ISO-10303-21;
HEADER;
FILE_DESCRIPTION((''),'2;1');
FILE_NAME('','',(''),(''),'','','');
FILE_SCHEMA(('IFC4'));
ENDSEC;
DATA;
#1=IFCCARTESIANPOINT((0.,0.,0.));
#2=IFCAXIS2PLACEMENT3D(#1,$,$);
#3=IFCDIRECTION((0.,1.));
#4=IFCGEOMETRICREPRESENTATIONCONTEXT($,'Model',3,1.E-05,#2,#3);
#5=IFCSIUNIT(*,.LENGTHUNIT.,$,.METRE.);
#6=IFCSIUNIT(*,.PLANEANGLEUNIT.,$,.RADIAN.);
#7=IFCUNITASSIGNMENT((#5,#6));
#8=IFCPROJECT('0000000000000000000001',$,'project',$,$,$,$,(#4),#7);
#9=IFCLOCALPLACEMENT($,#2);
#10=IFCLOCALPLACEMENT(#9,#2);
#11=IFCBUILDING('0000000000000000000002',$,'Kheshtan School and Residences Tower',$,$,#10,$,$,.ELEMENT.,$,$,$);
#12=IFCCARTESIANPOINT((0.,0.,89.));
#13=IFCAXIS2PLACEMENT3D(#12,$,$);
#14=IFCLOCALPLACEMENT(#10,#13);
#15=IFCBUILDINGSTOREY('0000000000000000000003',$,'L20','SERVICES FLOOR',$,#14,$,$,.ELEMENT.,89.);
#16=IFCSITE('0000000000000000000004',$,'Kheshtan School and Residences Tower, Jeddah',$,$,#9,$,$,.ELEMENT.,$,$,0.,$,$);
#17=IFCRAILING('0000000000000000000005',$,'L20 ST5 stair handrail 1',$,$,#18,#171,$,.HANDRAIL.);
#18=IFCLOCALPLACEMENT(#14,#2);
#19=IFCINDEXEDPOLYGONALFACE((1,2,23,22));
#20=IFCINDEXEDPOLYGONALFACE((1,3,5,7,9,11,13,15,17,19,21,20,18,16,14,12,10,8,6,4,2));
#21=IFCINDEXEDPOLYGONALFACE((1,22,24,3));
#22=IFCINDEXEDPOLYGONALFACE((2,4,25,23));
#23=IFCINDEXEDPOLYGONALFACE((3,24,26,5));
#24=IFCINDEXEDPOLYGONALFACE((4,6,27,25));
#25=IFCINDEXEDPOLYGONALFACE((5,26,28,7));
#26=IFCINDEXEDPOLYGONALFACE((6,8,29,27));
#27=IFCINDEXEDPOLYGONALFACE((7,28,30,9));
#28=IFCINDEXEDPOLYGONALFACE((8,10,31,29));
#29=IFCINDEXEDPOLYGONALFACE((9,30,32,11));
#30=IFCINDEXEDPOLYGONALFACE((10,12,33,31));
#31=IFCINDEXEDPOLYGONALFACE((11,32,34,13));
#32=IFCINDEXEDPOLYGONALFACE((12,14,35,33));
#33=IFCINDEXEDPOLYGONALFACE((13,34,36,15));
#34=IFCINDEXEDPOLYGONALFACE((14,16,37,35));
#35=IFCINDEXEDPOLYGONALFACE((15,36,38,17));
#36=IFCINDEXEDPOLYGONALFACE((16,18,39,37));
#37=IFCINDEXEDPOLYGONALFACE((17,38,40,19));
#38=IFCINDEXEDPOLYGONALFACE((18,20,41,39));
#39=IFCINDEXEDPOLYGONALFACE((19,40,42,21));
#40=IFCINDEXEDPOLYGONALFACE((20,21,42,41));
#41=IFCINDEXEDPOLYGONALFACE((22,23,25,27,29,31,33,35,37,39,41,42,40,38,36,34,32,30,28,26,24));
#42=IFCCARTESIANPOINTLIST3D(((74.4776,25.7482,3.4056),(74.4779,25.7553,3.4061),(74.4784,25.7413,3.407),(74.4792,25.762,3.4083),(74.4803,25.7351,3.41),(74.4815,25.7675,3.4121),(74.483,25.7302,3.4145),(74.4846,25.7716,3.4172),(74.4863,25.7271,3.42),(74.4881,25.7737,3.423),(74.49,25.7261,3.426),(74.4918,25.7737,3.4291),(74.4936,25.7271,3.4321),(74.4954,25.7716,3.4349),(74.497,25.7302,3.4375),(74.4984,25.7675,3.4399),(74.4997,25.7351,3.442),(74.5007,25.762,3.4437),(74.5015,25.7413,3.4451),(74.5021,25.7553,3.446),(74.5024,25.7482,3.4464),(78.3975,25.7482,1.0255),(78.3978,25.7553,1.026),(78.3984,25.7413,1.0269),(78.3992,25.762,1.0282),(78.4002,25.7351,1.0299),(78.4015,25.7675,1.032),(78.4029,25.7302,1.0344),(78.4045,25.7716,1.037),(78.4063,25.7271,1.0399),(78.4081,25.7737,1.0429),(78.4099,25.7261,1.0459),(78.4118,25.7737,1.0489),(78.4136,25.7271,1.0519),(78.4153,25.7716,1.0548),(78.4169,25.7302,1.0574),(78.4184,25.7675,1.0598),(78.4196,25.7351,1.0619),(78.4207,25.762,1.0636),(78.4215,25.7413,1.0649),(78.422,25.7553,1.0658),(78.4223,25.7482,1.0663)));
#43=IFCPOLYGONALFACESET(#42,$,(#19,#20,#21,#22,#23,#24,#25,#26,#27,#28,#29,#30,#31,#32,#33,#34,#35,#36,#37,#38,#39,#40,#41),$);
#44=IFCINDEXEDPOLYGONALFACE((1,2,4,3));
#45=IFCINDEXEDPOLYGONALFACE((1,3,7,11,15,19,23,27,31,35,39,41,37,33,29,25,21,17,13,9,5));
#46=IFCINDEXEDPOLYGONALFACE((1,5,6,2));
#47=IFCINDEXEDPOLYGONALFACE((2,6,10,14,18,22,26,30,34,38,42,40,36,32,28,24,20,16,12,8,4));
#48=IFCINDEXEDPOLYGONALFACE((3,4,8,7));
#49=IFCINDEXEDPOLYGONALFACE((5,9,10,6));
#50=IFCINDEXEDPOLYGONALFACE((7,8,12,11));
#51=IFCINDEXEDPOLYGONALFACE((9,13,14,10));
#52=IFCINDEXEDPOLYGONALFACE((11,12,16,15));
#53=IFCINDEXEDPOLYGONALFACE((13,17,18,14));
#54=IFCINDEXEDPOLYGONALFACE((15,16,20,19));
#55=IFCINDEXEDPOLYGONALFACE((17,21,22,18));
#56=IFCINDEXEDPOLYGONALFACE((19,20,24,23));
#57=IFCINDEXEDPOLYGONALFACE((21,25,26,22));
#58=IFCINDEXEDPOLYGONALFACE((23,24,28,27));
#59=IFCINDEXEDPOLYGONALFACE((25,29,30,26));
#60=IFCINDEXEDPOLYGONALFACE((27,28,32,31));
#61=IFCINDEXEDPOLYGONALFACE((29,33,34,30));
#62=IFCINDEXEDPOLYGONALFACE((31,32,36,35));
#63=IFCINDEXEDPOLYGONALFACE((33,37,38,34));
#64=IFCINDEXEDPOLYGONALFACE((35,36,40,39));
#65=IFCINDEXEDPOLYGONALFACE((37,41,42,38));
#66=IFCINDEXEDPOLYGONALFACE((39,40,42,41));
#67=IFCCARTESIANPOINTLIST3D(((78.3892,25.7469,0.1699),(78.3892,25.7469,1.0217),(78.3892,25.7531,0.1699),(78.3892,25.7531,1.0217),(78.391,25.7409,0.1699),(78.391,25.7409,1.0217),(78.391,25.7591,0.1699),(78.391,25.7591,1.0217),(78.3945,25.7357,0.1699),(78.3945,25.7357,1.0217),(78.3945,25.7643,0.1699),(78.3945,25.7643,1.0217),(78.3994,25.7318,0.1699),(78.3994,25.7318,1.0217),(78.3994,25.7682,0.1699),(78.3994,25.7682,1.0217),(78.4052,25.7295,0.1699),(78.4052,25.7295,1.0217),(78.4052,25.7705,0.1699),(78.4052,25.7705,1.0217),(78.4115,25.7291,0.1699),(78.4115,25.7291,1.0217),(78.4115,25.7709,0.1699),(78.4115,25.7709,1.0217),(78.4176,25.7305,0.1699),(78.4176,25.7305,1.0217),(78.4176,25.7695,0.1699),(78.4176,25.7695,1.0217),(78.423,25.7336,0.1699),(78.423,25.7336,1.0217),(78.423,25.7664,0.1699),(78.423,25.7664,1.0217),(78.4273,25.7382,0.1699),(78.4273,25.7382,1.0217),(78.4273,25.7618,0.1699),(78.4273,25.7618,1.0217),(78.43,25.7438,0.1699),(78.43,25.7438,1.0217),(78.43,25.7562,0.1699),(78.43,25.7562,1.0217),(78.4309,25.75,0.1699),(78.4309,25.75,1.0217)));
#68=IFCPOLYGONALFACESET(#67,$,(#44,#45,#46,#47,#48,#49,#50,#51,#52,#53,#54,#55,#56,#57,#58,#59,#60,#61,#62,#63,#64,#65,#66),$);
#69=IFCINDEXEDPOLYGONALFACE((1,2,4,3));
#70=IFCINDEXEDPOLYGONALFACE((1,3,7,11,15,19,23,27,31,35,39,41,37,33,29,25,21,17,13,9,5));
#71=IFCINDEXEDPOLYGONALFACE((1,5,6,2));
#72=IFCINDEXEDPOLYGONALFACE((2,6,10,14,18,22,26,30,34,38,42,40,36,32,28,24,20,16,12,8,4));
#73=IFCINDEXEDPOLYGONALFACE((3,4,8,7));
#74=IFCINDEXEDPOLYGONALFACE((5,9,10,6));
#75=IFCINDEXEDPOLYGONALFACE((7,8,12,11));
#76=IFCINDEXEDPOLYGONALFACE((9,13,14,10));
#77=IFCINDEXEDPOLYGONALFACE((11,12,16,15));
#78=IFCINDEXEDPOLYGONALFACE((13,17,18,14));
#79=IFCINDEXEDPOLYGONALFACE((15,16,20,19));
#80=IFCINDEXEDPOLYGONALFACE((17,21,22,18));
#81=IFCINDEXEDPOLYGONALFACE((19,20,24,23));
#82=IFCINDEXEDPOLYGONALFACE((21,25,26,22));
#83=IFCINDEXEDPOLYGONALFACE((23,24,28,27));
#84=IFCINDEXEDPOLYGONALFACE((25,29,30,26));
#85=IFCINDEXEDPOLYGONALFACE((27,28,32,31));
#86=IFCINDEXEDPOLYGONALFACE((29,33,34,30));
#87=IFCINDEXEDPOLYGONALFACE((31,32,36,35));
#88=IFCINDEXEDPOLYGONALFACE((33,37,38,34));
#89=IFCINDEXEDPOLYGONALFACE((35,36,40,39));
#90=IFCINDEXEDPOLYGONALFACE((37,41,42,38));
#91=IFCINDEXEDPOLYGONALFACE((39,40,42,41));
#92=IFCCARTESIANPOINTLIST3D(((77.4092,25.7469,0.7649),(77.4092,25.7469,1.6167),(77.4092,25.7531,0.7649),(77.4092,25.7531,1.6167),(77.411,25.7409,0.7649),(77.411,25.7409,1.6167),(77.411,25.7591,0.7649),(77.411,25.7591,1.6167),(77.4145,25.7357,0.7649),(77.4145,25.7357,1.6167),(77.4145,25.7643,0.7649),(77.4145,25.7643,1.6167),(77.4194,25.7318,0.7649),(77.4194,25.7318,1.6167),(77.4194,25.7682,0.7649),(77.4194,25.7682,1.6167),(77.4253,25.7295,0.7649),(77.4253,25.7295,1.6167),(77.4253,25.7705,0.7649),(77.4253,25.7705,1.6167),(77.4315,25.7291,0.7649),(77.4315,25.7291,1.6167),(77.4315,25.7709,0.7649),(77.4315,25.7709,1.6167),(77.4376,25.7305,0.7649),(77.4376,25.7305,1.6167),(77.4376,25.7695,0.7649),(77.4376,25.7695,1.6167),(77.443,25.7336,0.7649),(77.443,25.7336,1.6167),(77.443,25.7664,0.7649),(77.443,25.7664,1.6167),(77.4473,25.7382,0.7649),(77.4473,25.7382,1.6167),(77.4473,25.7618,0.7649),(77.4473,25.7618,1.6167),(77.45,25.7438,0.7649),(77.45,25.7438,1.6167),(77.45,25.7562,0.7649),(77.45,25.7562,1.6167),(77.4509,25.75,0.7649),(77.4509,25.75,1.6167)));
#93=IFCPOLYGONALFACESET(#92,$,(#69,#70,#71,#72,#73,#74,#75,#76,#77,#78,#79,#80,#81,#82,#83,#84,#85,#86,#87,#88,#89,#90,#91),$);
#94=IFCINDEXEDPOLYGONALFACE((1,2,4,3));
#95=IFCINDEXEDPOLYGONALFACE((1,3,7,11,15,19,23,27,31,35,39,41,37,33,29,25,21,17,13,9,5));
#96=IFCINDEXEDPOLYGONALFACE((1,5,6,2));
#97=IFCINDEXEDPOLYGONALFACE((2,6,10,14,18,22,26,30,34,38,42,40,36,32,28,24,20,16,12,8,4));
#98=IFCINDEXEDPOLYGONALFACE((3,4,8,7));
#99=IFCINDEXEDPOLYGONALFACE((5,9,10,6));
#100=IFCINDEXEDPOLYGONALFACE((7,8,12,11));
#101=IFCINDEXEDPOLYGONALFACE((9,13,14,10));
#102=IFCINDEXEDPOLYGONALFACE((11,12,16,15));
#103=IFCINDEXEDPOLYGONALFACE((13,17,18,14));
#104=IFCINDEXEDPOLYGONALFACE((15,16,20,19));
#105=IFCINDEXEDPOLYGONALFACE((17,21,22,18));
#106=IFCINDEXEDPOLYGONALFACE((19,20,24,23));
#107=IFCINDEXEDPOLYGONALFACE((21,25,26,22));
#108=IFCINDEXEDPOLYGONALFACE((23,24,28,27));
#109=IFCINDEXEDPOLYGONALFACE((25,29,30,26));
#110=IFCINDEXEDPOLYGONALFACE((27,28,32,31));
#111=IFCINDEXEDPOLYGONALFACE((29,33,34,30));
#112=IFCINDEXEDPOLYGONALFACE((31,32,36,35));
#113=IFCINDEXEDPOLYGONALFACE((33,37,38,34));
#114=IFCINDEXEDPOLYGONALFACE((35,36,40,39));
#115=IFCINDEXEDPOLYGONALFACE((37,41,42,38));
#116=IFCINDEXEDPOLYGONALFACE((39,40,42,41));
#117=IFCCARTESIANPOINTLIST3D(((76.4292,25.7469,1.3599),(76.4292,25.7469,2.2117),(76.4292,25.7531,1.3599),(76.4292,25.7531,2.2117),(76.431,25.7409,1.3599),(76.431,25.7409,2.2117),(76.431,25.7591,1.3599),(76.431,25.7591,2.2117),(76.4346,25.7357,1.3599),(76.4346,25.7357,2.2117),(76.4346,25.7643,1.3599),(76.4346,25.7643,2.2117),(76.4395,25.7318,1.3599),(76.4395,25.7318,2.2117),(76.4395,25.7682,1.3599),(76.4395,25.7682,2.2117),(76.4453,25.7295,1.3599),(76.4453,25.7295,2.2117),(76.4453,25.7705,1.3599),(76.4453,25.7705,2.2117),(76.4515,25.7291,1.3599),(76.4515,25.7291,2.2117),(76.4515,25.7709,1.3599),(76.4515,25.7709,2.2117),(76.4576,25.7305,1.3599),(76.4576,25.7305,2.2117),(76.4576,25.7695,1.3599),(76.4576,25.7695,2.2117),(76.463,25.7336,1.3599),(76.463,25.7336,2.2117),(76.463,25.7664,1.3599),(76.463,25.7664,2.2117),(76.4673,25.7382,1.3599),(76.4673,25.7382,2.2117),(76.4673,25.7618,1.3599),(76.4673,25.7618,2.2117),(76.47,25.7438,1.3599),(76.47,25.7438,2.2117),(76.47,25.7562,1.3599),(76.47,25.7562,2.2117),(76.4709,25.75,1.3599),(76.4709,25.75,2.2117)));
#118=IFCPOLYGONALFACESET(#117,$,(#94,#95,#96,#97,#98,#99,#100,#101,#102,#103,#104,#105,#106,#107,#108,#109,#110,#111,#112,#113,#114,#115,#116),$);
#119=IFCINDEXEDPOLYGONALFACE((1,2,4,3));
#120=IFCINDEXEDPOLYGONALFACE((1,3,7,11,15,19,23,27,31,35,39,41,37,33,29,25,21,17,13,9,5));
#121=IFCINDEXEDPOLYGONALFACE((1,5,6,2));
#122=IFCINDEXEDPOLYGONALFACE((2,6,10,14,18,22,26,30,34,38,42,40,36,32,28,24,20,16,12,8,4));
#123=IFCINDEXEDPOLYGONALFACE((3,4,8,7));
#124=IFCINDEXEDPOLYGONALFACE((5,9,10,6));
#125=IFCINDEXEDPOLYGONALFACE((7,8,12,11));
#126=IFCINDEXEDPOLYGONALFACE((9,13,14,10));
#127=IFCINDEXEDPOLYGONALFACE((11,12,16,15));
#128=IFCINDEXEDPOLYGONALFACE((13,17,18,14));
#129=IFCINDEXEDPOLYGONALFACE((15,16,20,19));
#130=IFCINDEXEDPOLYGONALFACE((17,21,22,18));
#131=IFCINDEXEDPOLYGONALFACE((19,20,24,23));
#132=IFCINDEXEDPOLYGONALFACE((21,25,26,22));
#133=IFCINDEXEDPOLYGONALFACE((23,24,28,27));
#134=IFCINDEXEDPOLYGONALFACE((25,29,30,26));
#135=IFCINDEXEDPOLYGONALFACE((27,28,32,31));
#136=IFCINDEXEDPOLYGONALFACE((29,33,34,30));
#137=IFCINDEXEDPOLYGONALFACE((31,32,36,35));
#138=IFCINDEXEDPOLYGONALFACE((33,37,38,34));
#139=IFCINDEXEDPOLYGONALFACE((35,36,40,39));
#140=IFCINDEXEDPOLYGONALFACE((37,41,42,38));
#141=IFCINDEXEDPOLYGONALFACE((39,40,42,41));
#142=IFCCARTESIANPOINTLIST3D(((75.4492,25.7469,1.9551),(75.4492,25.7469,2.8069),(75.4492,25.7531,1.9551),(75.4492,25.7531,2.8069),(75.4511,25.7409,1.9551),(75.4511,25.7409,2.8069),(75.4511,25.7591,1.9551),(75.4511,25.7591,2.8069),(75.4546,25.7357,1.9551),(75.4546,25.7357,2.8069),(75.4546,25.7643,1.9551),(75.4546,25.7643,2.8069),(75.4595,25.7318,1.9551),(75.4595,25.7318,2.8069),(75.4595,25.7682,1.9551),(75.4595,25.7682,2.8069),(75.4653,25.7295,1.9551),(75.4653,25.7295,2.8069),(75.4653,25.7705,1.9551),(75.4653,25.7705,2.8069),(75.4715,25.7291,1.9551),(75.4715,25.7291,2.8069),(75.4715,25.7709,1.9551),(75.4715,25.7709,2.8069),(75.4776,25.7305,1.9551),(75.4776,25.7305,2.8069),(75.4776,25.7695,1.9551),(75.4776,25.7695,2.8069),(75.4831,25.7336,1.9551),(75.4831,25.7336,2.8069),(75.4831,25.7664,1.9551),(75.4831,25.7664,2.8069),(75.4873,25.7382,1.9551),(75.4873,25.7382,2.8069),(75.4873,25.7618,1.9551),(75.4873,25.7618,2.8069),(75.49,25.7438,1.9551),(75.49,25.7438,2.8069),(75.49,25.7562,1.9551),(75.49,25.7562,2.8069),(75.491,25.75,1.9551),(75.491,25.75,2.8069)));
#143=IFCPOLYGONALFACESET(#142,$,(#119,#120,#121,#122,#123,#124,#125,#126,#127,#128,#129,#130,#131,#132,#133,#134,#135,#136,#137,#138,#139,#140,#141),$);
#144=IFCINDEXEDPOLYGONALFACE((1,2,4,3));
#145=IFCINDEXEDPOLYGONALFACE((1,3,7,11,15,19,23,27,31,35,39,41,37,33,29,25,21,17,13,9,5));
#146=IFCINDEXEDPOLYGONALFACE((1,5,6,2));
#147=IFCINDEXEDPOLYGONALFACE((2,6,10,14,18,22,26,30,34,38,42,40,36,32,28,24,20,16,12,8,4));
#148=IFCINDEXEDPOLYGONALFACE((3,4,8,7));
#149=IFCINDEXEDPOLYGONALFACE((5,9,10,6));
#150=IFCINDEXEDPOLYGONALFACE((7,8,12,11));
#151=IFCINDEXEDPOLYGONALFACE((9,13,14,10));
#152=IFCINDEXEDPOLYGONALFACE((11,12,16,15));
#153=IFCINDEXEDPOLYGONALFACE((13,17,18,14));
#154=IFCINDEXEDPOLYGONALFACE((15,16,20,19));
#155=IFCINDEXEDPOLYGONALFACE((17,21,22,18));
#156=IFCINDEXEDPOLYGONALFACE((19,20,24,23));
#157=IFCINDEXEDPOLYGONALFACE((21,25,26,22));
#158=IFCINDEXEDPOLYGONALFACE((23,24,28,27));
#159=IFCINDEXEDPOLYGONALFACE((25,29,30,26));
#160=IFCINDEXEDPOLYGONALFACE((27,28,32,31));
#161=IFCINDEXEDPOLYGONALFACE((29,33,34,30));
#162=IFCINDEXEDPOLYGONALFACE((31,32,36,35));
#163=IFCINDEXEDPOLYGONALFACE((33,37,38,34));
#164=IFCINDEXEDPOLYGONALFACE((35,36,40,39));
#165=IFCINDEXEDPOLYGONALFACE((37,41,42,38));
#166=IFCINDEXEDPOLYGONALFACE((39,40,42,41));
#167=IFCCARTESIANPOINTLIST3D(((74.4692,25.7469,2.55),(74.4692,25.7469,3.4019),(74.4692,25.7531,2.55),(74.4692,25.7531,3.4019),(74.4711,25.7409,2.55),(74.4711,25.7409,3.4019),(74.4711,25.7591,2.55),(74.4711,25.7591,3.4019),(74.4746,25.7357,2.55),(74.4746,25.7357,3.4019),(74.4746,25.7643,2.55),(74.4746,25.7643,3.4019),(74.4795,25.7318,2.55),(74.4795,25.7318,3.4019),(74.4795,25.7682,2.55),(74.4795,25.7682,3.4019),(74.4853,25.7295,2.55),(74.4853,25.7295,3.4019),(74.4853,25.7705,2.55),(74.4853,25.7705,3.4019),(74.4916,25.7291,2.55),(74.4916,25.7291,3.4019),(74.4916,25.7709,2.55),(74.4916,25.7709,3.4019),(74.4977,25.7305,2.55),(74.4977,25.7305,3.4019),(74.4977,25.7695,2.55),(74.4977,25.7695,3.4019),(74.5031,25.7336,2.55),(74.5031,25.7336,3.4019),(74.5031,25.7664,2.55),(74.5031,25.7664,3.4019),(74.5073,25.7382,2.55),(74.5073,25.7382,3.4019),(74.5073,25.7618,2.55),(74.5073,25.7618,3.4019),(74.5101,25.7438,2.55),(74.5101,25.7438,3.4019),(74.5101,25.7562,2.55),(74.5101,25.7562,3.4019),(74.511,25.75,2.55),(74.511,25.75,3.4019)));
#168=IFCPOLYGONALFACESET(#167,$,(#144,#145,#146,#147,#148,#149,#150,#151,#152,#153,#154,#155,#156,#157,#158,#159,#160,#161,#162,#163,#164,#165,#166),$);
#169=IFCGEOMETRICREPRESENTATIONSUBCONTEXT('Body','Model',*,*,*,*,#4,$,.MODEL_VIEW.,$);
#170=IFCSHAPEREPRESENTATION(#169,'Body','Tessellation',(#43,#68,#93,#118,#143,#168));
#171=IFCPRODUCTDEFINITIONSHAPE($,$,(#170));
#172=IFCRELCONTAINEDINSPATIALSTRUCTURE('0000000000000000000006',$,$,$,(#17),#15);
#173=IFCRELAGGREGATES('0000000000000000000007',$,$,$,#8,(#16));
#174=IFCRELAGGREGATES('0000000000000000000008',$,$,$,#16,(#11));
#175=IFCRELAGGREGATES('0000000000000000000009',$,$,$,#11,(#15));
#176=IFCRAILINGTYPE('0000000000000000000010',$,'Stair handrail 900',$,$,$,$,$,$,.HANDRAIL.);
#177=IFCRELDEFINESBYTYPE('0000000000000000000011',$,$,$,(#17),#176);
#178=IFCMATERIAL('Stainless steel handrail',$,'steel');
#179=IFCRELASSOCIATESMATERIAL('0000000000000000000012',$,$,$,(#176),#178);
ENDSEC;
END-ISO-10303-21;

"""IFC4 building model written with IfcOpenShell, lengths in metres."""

from ifc_helpers import new_model, si_unit, direction, frame, origin, origin_2d, place, context, subcontext, project, spatial, circle, extrude, material, type_object, element, save


model = new_model("IFC4")

# Units and contexts
model_context = context("Model", 3, precision=1e-05, world=origin(), true_north=direction((0.0, 1.0)))
body_context = subcontext(model_context, "Body", "Model", "MODEL_VIEW")
ifc_project = project(units=[si_unit("LENGTHUNIT", "METRE"), si_unit("PLANEANGLEUNIT", "RADIAN")], contexts=[model_context])

# Site, building, storey
site_placement = place(None, origin())
site = spatial("IfcSite", under=ifc_project, at=site_placement, Name="Kheshtan School and Residences Tower, Jeddah", CompositionType="ELEMENT", RefElevation=0.0)
building_placement = place(site_placement, origin())
building = spatial("IfcBuilding", under=site, at=building_placement, Name="Kheshtan School and Residences Tower", CompositionType="ELEMENT")
storey_placement = place(building_placement, frame((0.0, 0.0, 89.0)))
storey = spatial("IfcBuildingStorey", under=building, at=storey_placement, Name="L20", Description="SERVICES FLOOR", CompositionType="ELEMENT", Elevation=89.0)

# Railing
ifc_material_1 = material(Name="Stainless steel handrail", Category="steel")
railing_type_1 = type_object("IfcRailingType", Name="Stair handrail 900", PredefinedType="HANDRAIL", material=ifc_material_1)
railing_1_placement = place(storey_placement, frame((78.4099, 25.75, 0.1699)))
element("IfcRailing", 1, at=railing_1_placement, inside=storey, type_object=railing_type_1, Name="L20 ST5 stair handrail 1", PredefinedType="HANDRAIL", context=body_context, shape_type="SweptSolid", body=[
    extrude(circle(Radius=0.0239, at=origin_2d()), frame((0.0, 0.0, 0.876), z_axis=(-0.854771, 0.0, 0.519006), x_axis=(0.0, -1.0, 0.0)), (0.0, 0.0, 1.0), 4.5859),
    extrude(circle(Radius=0.021, at=origin_2d()), origin(), (0.0, 0.0, 1.0), 0.8518),
    extrude(circle(Radius=0.021, at=origin_2d()), frame((-0.98, 0.0, 0.595)), (0.0, 0.0, 1.0), 0.8518),
    extrude(circle(Radius=0.021, at=origin_2d()), frame((-1.96, 0.0, 1.1899)), (0.0, 0.0, 1.0), 0.8518),
    extrude(circle(Radius=0.021, at=origin_2d()), frame((-2.9399, 0.0, 1.7852)), (0.0, 0.0, 1.0), 0.8518),
    extrude(circle(Radius=0.021, at=origin_2d()), frame((-3.9199, 0.0, 2.3801)), (0.0, 0.0, 1.0), 0.8518),
])

save(model, "model.ifc")
